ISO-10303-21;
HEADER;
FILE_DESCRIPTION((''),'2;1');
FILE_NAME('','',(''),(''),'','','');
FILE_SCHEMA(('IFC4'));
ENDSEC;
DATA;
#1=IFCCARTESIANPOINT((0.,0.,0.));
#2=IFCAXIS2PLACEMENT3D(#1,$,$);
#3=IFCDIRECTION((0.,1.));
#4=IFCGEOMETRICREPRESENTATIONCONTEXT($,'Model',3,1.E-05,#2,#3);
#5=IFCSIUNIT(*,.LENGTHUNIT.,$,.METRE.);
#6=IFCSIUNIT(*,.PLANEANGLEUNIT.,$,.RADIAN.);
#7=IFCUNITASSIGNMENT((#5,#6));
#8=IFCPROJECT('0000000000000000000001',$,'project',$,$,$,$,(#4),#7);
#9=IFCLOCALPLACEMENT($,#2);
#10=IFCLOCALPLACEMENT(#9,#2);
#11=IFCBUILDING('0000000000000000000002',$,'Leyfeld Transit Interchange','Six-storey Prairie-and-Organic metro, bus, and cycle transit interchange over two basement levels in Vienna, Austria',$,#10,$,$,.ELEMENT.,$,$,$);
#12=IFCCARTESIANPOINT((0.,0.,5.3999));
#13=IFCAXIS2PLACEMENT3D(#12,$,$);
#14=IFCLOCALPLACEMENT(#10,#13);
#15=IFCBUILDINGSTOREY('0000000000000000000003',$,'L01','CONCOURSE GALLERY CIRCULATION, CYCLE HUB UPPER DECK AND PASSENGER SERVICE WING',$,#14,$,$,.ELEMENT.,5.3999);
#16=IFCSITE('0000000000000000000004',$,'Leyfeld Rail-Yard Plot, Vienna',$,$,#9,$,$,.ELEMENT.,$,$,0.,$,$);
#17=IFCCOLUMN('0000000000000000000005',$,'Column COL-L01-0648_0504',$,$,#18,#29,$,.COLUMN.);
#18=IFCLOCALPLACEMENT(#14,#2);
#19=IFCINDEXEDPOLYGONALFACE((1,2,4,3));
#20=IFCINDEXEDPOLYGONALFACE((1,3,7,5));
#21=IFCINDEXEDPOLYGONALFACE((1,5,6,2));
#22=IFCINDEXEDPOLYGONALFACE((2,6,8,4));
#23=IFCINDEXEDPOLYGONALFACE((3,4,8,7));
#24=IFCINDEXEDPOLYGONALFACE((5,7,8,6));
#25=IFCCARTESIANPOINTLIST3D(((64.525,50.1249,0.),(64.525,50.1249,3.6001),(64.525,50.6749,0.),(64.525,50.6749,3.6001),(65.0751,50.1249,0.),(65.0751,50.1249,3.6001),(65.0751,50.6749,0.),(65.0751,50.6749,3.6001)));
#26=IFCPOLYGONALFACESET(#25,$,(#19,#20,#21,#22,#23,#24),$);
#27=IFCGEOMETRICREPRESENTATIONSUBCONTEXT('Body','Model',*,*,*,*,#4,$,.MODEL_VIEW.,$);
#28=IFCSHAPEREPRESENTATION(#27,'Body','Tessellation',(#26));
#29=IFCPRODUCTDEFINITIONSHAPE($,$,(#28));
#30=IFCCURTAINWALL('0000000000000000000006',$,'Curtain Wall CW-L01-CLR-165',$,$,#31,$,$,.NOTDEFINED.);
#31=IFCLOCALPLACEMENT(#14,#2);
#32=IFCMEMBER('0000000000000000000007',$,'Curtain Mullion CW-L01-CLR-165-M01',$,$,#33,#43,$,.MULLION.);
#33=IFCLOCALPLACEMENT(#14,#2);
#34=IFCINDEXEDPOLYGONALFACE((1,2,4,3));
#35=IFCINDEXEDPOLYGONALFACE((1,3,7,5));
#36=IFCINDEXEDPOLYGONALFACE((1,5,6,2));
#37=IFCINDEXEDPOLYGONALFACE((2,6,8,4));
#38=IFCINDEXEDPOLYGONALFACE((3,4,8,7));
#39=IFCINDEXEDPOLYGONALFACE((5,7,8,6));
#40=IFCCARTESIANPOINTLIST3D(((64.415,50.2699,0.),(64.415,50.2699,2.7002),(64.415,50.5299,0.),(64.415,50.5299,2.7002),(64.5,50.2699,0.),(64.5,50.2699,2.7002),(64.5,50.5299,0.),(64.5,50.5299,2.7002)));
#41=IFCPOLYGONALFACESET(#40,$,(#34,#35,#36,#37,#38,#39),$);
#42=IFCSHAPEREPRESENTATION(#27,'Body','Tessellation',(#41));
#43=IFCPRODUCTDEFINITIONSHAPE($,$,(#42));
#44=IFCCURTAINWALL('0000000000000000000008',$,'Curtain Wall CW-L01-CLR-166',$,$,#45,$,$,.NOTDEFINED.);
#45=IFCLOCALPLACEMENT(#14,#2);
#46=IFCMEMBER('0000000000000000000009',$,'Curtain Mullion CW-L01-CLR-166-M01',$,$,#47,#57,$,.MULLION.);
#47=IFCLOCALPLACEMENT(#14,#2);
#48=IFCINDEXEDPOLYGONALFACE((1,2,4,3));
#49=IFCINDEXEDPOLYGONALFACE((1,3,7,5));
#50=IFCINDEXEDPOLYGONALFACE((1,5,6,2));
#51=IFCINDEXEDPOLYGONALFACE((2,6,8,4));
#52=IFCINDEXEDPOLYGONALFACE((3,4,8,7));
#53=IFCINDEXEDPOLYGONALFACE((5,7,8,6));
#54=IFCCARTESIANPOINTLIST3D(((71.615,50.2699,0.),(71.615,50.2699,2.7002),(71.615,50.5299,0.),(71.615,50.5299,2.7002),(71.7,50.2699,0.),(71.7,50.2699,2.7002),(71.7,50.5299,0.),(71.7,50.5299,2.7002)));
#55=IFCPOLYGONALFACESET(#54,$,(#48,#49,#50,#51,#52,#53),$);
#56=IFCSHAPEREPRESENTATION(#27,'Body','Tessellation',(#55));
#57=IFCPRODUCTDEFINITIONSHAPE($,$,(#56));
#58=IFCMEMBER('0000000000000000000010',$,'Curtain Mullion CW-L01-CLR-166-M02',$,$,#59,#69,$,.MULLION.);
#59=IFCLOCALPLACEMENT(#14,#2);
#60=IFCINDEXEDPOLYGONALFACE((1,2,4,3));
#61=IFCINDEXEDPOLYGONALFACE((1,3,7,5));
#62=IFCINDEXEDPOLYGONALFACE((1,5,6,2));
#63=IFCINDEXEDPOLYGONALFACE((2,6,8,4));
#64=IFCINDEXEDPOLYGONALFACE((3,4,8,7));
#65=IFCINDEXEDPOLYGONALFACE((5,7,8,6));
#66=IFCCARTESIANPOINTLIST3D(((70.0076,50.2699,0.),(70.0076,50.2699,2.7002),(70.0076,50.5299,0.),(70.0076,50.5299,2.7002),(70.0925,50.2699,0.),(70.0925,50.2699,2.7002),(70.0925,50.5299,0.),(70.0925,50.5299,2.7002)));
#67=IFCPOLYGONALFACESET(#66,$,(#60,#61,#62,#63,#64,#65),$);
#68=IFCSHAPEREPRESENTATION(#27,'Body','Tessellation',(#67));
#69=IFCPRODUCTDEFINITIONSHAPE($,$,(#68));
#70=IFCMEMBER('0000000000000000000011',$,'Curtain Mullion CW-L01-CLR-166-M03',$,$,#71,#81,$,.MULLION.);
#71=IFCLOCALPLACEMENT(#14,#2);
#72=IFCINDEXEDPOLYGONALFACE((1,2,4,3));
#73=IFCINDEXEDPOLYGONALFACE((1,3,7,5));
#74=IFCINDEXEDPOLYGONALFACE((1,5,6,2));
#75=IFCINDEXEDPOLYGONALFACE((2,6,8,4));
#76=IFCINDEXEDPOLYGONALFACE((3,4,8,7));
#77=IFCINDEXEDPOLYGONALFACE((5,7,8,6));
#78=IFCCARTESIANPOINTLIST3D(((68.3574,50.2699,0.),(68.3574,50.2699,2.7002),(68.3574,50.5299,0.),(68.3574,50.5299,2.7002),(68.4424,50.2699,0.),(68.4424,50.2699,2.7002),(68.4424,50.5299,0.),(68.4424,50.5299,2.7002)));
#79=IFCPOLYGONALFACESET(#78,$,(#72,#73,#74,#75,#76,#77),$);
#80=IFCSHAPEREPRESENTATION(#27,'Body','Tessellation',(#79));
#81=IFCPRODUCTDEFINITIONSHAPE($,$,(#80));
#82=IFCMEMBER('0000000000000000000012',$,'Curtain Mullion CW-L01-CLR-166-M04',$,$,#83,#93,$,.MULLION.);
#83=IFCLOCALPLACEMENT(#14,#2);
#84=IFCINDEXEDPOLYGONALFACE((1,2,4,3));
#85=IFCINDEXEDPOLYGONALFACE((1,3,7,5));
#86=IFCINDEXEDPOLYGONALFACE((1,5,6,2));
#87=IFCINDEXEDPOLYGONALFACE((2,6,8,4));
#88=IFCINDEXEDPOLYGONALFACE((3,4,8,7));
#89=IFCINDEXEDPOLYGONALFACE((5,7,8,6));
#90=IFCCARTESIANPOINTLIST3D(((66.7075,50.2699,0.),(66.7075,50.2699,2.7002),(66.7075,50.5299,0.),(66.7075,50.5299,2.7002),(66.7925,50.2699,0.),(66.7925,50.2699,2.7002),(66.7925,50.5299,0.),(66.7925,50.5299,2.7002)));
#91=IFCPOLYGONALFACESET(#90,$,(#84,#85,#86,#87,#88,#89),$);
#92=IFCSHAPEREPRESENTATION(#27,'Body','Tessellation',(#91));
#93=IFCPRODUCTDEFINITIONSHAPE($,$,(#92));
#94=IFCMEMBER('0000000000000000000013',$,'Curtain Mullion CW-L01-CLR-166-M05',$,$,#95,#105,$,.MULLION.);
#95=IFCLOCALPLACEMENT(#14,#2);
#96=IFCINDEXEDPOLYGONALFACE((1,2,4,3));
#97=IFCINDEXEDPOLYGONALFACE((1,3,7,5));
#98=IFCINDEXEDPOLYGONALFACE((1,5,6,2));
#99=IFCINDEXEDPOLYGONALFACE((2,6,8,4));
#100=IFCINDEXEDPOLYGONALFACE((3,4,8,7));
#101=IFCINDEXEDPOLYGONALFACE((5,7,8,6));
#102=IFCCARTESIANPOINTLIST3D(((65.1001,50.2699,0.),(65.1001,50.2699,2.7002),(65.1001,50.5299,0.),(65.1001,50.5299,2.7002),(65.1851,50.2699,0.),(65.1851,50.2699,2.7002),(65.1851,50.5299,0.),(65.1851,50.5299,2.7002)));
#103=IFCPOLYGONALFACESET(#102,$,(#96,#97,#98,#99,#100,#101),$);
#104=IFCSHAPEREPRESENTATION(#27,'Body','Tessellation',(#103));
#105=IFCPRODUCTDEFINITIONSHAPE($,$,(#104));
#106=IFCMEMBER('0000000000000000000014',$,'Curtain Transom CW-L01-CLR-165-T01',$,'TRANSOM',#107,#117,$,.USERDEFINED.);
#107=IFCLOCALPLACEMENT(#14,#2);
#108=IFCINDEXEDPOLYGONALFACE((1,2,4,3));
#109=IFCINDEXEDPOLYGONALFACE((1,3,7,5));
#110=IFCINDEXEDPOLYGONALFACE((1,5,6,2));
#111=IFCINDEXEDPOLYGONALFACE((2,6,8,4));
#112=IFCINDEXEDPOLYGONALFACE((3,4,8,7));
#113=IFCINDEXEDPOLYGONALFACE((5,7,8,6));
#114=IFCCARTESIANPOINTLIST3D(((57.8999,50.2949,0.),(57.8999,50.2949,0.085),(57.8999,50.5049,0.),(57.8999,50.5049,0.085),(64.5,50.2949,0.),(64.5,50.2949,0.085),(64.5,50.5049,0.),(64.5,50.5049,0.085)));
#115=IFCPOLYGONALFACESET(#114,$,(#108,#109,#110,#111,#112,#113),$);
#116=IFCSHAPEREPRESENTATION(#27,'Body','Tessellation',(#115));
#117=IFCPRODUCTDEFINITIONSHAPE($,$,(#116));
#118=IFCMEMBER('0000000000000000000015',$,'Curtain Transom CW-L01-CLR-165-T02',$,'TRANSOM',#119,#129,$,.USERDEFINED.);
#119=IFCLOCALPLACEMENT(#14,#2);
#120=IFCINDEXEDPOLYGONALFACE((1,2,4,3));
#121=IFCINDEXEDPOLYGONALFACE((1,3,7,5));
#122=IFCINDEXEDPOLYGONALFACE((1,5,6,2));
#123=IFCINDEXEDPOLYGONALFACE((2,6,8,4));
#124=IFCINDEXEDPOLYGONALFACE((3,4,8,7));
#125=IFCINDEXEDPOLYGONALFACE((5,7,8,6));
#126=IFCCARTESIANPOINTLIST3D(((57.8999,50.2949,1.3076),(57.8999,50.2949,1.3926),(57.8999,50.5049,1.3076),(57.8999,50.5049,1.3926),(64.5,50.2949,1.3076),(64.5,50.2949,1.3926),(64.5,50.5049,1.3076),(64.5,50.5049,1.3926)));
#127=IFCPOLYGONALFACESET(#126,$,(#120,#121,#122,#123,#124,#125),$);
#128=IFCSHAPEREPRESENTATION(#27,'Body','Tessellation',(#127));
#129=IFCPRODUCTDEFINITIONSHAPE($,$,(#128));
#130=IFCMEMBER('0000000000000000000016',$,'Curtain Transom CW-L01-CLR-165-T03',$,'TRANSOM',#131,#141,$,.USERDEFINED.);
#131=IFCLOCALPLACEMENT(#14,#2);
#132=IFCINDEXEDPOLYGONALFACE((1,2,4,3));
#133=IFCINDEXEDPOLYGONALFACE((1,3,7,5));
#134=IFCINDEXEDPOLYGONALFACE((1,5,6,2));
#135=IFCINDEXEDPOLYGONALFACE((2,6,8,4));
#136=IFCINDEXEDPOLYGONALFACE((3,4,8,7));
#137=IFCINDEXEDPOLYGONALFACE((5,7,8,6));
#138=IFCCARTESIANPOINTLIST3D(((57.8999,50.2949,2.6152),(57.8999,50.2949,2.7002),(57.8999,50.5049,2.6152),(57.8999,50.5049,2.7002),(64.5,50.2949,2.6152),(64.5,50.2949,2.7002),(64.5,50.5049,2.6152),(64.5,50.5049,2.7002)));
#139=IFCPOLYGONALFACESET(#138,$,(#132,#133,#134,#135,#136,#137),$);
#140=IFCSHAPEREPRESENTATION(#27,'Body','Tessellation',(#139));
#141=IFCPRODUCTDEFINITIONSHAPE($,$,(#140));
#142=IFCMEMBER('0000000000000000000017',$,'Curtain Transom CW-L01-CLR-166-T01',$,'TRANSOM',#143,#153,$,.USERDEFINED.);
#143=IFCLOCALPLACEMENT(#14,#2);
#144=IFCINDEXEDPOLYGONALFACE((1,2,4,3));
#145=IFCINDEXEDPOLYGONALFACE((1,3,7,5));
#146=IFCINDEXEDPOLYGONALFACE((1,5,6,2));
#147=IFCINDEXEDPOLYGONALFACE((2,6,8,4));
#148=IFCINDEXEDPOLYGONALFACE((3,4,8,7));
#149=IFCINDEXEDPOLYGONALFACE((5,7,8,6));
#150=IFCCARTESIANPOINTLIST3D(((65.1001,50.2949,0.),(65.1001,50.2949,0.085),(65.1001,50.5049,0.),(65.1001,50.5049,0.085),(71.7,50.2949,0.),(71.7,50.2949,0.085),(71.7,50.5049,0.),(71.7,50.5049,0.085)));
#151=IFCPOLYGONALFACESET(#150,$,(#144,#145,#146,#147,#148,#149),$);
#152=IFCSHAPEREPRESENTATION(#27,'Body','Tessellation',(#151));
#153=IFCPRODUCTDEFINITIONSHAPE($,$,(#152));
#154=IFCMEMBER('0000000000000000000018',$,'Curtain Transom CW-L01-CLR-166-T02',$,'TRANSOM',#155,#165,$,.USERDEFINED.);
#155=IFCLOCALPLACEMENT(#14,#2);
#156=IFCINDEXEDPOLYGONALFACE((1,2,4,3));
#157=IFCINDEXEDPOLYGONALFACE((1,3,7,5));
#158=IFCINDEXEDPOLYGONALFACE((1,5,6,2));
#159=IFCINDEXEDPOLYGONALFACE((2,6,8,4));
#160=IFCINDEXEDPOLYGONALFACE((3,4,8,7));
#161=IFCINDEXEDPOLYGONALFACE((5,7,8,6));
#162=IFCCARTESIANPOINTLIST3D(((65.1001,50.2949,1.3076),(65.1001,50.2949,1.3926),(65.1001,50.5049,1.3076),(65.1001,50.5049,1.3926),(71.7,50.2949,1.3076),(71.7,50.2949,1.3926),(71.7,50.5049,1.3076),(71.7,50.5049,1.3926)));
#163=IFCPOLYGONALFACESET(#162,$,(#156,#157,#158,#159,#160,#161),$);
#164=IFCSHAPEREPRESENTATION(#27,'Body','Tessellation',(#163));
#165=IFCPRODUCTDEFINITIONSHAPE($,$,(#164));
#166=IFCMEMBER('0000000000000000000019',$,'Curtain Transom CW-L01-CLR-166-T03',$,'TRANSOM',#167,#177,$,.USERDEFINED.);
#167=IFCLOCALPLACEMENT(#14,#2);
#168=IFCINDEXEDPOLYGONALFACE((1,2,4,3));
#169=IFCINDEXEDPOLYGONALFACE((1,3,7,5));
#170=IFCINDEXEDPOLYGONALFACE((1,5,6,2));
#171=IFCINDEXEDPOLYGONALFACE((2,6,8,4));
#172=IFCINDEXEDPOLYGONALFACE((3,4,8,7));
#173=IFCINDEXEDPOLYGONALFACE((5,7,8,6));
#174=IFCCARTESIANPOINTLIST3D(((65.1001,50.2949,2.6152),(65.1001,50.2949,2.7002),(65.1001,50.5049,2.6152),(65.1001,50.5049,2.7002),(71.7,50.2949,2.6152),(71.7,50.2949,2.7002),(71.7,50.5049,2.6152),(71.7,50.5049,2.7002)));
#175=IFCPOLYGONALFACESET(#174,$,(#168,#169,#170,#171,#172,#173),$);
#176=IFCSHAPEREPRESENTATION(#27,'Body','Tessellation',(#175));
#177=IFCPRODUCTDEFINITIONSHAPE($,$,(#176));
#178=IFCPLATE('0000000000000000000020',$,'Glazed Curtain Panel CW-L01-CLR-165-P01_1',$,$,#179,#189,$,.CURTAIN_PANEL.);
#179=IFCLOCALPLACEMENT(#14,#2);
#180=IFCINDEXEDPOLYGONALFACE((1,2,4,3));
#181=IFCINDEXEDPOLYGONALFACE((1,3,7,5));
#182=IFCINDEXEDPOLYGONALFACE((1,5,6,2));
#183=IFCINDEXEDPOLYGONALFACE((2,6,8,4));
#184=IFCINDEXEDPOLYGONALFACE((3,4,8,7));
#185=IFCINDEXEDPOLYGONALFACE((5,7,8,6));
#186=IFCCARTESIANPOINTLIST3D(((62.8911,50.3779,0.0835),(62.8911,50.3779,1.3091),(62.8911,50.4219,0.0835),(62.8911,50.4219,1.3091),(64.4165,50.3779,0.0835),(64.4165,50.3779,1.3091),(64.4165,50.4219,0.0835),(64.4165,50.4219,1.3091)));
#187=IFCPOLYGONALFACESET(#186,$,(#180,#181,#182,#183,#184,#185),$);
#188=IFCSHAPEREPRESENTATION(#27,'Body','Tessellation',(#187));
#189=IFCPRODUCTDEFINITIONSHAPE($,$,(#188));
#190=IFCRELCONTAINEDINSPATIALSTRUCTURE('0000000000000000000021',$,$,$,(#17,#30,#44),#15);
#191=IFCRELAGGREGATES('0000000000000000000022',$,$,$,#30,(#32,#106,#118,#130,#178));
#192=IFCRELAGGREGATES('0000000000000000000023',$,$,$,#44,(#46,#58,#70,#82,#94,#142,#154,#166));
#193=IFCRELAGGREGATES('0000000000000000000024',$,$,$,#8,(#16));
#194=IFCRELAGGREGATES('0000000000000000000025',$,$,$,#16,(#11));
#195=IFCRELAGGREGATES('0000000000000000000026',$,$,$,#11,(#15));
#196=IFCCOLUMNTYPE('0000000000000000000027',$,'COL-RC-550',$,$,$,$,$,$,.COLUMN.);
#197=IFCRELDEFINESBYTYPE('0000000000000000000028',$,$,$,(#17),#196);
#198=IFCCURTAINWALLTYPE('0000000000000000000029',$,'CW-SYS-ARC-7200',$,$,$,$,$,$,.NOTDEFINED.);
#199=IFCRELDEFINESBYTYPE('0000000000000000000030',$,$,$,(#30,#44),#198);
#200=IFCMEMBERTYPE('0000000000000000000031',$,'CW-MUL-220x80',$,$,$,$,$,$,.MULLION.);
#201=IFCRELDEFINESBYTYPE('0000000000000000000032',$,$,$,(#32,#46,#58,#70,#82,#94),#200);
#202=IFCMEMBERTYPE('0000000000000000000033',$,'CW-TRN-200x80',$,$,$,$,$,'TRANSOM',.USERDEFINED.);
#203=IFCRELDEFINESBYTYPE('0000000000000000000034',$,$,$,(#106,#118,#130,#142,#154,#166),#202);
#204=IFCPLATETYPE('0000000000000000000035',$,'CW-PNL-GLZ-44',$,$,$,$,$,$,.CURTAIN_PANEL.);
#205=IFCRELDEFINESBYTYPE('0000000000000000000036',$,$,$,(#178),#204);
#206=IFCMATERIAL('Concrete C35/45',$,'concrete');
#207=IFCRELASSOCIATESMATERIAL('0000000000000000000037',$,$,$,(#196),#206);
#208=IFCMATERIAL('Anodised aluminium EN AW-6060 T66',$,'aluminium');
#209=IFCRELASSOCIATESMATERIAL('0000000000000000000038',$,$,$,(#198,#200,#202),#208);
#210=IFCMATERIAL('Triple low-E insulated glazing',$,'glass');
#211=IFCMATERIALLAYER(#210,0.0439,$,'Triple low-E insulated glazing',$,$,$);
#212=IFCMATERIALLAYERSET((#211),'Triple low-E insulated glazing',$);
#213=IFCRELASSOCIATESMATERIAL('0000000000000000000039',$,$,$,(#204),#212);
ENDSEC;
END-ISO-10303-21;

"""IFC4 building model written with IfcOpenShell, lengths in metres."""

from ifc_helpers import new_model, si_unit, direction, frame, origin, origin_2d, place, context, subcontext, project, spatial, rectangle, extrude, material, layer, layer_set, material_profile, profile_set, type_object, element, aggregate, save


model = new_model("IFC4")

# Units and contexts
model_context = context("Model", 3, precision=1e-05, world=origin(), true_north=direction((0.0, 1.0)))
body_context = subcontext(model_context, "Body", "Model", "MODEL_VIEW")
ifc_project = project(units=[si_unit("LENGTHUNIT", "METRE"), si_unit("PLANEANGLEUNIT", "RADIAN")], contexts=[model_context])

# Site, building, storey
site_placement = place(None, origin())
site = spatial("IfcSite", under=ifc_project, at=site_placement, Name="Leyfeld Rail-Yard Plot, Vienna", CompositionType="ELEMENT", RefElevation=0.0)
building_placement = place(site_placement, origin())
building = spatial("IfcBuilding", under=site, at=building_placement, Name="Leyfeld Transit Interchange", Description="Six-storey Prairie-and-Organic metro, bus, and cycle transit interchange over two basement levels in Vienna, Austria", CompositionType="ELEMENT")
storey_placement = place(building_placement, frame((0.0, 0.0, 5.3999)))
storey = spatial("IfcBuildingStorey", under=building, at=storey_placement, Name="L01", Description="CONCOURSE GALLERY CIRCULATION, CYCLE HUB UPPER DECK AND PASSENGER SERVICE WING", CompositionType="ELEMENT", Elevation=5.3999)

# Column
ifc_material_1 = material(Name="Concrete C35/45", Category="concrete")
ifc_material_profile_1 = material_profile(ifc_material_1, rectangle(XDim=0.55, YDim=0.55, at=origin_2d()), Name="RC 550x550")
ifc_profile_set_1 = profile_set([ifc_material_profile_1], Name="Concrete C35/45")
column_type = type_object("IfcColumnType", Name="COL-RC-550", PredefinedType="COLUMN", material=ifc_profile_set_1)
column_placement = place(storey_placement, frame((64.8, 50.3999, 0.0), z_axis=(0.0, 0.0, 1.0), x_axis=(1.0, 0.0, 0.0)))
element("IfcColumn", 1, at=column_placement, inside=storey, type_object=column_type, Name="Column COL-L01-0648_0504", PredefinedType="COLUMN", context=body_context, shape_type="SweptSolid", body=[
    extrude(rectangle(XDim=0.55, YDim=0.55, at=origin_2d()), origin(), (0.0, 0.0, 1.0), 3.6001),
])

# Curtain wall, member
ifc_material_2 = material(Name="Anodised aluminium EN AW-6060 T66", Category="aluminium")
curtain_wall_type = type_object("IfcCurtainWallType", Name="CW-SYS-ARC-7200", PredefinedType="NOTDEFINED", material=ifc_material_2)
curtain_wall_1_placement = place(storey_placement, origin())
curtain_wall_1 = element("IfcCurtainWall", 2, at=curtain_wall_1_placement, inside=storey, type_object=curtain_wall_type, Name="Curtain Wall CW-L01-CLR-165", PredefinedType="NOTDEFINED")
ifc_material_profile_2 = material_profile(ifc_material_2, rectangle(XDim=0.085, YDim=0.26, at=origin_2d()), Name="CW-M 85x260")
ifc_profile_set_2 = profile_set([ifc_material_profile_2], Name="Anodised aluminium EN AW-6060 T66")
member_type_1 = type_object("IfcMemberType", Name="CW-MUL-220x80", PredefinedType="MULLION", material=ifc_profile_set_2)
member_1_placement = place(storey_placement, frame((64.4575, 50.3999, 0.0), z_axis=(0.0, 0.0, 1.0), x_axis=(-1.0, 0.0, 0.0)))
member_1 = element("IfcMember", 3, at=member_1_placement, type_object=member_type_1, Name="Curtain Mullion CW-L01-CLR-165-M01", PredefinedType="MULLION", context=body_context, shape_type="SweptSolid", body=[
    extrude(rectangle(XDim=0.085, YDim=0.26, at=origin_2d()), origin(), (0.0, 0.0, 1.0), 2.7002),
])

# Curtain wall, members
curtain_wall_2_placement = place(storey_placement, origin())
curtain_wall_2 = element("IfcCurtainWall", 4, at=curtain_wall_2_placement, inside=storey, type_object=curtain_wall_type, Name="Curtain Wall CW-L01-CLR-166", PredefinedType="NOTDEFINED")
member_2_placement = place(storey_placement, frame((71.6575, 50.3999, 0.0), z_axis=(0.0, 0.0, 1.0), x_axis=(-1.0, 0.0, 0.0)))
member_2 = element("IfcMember", 5, at=member_2_placement, type_object=member_type_1, Name="Curtain Mullion CW-L01-CLR-166-M01", PredefinedType="MULLION", context=body_context, shape_type="SweptSolid", body=[
    extrude(rectangle(XDim=0.085, YDim=0.26, at=origin_2d()), origin(), (0.0, 0.0, 1.0), 2.7002),
])
member_3_placement = place(storey_placement, frame((70.05, 50.3999, 0.0), z_axis=(0.0, 0.0, 1.0), x_axis=(-1.0, 0.0, 0.0)))
member_3 = element("IfcMember", 6, at=member_3_placement, type_object=member_type_1, Name="Curtain Mullion CW-L01-CLR-166-M02", PredefinedType="MULLION", context=body_context, shape_type="SweptSolid", body=[
    extrude(rectangle(XDim=0.085, YDim=0.26, at=origin_2d()), origin(), (0.0, 0.0, 1.0), 2.7002),
])
member_4_placement = place(storey_placement, frame((68.3999, 50.3999, 0.0), z_axis=(0.0, 0.0, 1.0), x_axis=(-1.0, 0.0, 0.0)))
member_4 = element("IfcMember", 7, at=member_4_placement, type_object=member_type_1, Name="Curtain Mullion CW-L01-CLR-166-M03", PredefinedType="MULLION", context=body_context, shape_type="SweptSolid", body=[
    extrude(rectangle(XDim=0.085, YDim=0.26, at=origin_2d()), origin(), (0.0, 0.0, 1.0), 2.7002),
])
member_5_placement = place(storey_placement, frame((66.75, 50.3999, 0.0), z_axis=(0.0, 0.0, 1.0), x_axis=(-1.0, 0.0, 0.0)))
member_5 = element("IfcMember", 8, at=member_5_placement, type_object=member_type_1, Name="Curtain Mullion CW-L01-CLR-166-M04", PredefinedType="MULLION", context=body_context, shape_type="SweptSolid", body=[
    extrude(rectangle(XDim=0.085, YDim=0.26, at=origin_2d()), origin(), (0.0, 0.0, 1.0), 2.7002),
])
member_6_placement = place(storey_placement, frame((65.1426, 50.3999, 0.0), z_axis=(0.0, 0.0, 1.0), x_axis=(-1.0, 0.0, 0.0)))
member_6 = element("IfcMember", 9, at=member_6_placement, type_object=member_type_1, Name="Curtain Mullion CW-L01-CLR-166-M05", PredefinedType="MULLION", context=body_context, shape_type="SweptSolid", body=[
    extrude(rectangle(XDim=0.085, YDim=0.26, at=origin_2d()), origin(), (0.0, 0.0, 1.0), 2.7002),
])

# Members
ifc_material_profile_3 = material_profile(ifc_material_2, rectangle(XDim=0.21, YDim=0.085, at=origin_2d()), Name="CW-TRN-200x80")
ifc_profile_set_3 = profile_set([ifc_material_profile_3], Name="Anodised aluminium EN AW-6060 T66")
member_type_2 = type_object("IfcMemberType", Name="CW-TRN-200x80", ElementType="TRANSOM", PredefinedType="USERDEFINED", material=ifc_profile_set_3)
member_7_placement = place(storey_placement, frame((64.5, 50.3999, 0.0425), z_axis=(-1.0, 0.0, 0.0), x_axis=(0.0, -1.0, 0.0)))
member_7 = element("IfcMember", 10, at=member_7_placement, type_object=member_type_2, Name="Curtain Transom CW-L01-CLR-165-T01", ObjectType="TRANSOM", PredefinedType="USERDEFINED", context=body_context, shape_type="SweptSolid", body=[
    extrude(rectangle(XDim=0.21, YDim=0.085, at=origin_2d()), origin(), (0.0, 0.0, 1.0), 6.6001),
])
member_8_placement = place(storey_placement, frame((64.5, 50.3999, 1.3501), z_axis=(-1.0, 0.0, 0.0), x_axis=(0.0, -1.0, 0.0)))
member_8 = element("IfcMember", 11, at=member_8_placement, type_object=member_type_2, Name="Curtain Transom CW-L01-CLR-165-T02", ObjectType="TRANSOM", PredefinedType="USERDEFINED", context=body_context, shape_type="SweptSolid", body=[
    extrude(rectangle(XDim=0.21, YDim=0.085, at=origin_2d()), origin(), (0.0, 0.0, 1.0), 6.6001),
])
member_9_placement = place(storey_placement, frame((64.5, 50.3999, 2.6577), z_axis=(-1.0, 0.0, 0.0), x_axis=(0.0, -1.0, 0.0)))
member_9 = element("IfcMember", 12, at=member_9_placement, type_object=member_type_2, Name="Curtain Transom CW-L01-CLR-165-T03", ObjectType="TRANSOM", PredefinedType="USERDEFINED", context=body_context, shape_type="SweptSolid", body=[
    extrude(rectangle(XDim=0.21, YDim=0.085, at=origin_2d()), origin(), (0.0, 0.0, 1.0), 6.6001),
])
member_10_placement = place(storey_placement, frame((71.7, 50.3999, 0.0425), z_axis=(-1.0, 0.0, 0.0), x_axis=(0.0, -1.0, 0.0)))
member_10 = element("IfcMember", 13, at=member_10_placement, type_object=member_type_2, Name="Curtain Transom CW-L01-CLR-166-T01", ObjectType="TRANSOM", PredefinedType="USERDEFINED", context=body_context, shape_type="SweptSolid", body=[
    extrude(rectangle(XDim=0.21, YDim=0.085, at=origin_2d()), origin(), (0.0, 0.0, 1.0), 6.5999),
])
member_11_placement = place(storey_placement, frame((71.7, 50.3999, 1.3501), z_axis=(-1.0, 0.0, 0.0), x_axis=(0.0, -1.0, 0.0)))
member_11 = element("IfcMember", 14, at=member_11_placement, type_object=member_type_2, Name="Curtain Transom CW-L01-CLR-166-T02", ObjectType="TRANSOM", PredefinedType="USERDEFINED", context=body_context, shape_type="SweptSolid", body=[
    extrude(rectangle(XDim=0.21, YDim=0.085, at=origin_2d()), origin(), (0.0, 0.0, 1.0), 6.5999),
])
member_12_placement = place(storey_placement, frame((71.7, 50.3999, 2.6577), z_axis=(-1.0, 0.0, 0.0), x_axis=(0.0, -1.0, 0.0)))
member_12 = element("IfcMember", 15, at=member_12_placement, type_object=member_type_2, Name="Curtain Transom CW-L01-CLR-166-T03", ObjectType="TRANSOM", PredefinedType="USERDEFINED", context=body_context, shape_type="SweptSolid", body=[
    extrude(rectangle(XDim=0.21, YDim=0.085, at=origin_2d()), origin(), (0.0, 0.0, 1.0), 6.5999),
])

# Plate
ifc_material_3 = material(Name="Triple low-E insulated glazing", Category="glass")
ifc_layer = layer(ifc_material_3, 0.0439, Name="Triple low-E insulated glazing")
ifc_layer_set = layer_set([ifc_layer], Name="Triple low-E insulated glazing")
plate_type = type_object("IfcPlateType", Name="CW-PNL-GLZ-44", PredefinedType="CURTAIN_PANEL", material=ifc_layer_set)
plate_1_placement = place(storey_placement, frame((63.6538, 50.3999, 0.0835), z_axis=(0.0, 0.0, 1.0), x_axis=(-1.0, 0.0, 0.0)))
plate_1 = element("IfcPlate", 16, at=plate_1_placement, type_object=plate_type, Name="Glazed Curtain Panel CW-L01-CLR-165-P01_1", PredefinedType="CURTAIN_PANEL", context=body_context, shape_type="SweptSolid", body=[
    extrude(rectangle(XDim=1.5254, YDim=0.0439, at=origin_2d()), origin(), (0.0, 0.0, 1.0), 1.2256),
])
aggregate(curtain_wall_1, [member_1, member_7, member_8, member_9, plate_1])
aggregate(curtain_wall_2, [member_2, member_3, member_4, member_5, member_6, member_10, member_11, member_12])

save(model, "model.ifc")
